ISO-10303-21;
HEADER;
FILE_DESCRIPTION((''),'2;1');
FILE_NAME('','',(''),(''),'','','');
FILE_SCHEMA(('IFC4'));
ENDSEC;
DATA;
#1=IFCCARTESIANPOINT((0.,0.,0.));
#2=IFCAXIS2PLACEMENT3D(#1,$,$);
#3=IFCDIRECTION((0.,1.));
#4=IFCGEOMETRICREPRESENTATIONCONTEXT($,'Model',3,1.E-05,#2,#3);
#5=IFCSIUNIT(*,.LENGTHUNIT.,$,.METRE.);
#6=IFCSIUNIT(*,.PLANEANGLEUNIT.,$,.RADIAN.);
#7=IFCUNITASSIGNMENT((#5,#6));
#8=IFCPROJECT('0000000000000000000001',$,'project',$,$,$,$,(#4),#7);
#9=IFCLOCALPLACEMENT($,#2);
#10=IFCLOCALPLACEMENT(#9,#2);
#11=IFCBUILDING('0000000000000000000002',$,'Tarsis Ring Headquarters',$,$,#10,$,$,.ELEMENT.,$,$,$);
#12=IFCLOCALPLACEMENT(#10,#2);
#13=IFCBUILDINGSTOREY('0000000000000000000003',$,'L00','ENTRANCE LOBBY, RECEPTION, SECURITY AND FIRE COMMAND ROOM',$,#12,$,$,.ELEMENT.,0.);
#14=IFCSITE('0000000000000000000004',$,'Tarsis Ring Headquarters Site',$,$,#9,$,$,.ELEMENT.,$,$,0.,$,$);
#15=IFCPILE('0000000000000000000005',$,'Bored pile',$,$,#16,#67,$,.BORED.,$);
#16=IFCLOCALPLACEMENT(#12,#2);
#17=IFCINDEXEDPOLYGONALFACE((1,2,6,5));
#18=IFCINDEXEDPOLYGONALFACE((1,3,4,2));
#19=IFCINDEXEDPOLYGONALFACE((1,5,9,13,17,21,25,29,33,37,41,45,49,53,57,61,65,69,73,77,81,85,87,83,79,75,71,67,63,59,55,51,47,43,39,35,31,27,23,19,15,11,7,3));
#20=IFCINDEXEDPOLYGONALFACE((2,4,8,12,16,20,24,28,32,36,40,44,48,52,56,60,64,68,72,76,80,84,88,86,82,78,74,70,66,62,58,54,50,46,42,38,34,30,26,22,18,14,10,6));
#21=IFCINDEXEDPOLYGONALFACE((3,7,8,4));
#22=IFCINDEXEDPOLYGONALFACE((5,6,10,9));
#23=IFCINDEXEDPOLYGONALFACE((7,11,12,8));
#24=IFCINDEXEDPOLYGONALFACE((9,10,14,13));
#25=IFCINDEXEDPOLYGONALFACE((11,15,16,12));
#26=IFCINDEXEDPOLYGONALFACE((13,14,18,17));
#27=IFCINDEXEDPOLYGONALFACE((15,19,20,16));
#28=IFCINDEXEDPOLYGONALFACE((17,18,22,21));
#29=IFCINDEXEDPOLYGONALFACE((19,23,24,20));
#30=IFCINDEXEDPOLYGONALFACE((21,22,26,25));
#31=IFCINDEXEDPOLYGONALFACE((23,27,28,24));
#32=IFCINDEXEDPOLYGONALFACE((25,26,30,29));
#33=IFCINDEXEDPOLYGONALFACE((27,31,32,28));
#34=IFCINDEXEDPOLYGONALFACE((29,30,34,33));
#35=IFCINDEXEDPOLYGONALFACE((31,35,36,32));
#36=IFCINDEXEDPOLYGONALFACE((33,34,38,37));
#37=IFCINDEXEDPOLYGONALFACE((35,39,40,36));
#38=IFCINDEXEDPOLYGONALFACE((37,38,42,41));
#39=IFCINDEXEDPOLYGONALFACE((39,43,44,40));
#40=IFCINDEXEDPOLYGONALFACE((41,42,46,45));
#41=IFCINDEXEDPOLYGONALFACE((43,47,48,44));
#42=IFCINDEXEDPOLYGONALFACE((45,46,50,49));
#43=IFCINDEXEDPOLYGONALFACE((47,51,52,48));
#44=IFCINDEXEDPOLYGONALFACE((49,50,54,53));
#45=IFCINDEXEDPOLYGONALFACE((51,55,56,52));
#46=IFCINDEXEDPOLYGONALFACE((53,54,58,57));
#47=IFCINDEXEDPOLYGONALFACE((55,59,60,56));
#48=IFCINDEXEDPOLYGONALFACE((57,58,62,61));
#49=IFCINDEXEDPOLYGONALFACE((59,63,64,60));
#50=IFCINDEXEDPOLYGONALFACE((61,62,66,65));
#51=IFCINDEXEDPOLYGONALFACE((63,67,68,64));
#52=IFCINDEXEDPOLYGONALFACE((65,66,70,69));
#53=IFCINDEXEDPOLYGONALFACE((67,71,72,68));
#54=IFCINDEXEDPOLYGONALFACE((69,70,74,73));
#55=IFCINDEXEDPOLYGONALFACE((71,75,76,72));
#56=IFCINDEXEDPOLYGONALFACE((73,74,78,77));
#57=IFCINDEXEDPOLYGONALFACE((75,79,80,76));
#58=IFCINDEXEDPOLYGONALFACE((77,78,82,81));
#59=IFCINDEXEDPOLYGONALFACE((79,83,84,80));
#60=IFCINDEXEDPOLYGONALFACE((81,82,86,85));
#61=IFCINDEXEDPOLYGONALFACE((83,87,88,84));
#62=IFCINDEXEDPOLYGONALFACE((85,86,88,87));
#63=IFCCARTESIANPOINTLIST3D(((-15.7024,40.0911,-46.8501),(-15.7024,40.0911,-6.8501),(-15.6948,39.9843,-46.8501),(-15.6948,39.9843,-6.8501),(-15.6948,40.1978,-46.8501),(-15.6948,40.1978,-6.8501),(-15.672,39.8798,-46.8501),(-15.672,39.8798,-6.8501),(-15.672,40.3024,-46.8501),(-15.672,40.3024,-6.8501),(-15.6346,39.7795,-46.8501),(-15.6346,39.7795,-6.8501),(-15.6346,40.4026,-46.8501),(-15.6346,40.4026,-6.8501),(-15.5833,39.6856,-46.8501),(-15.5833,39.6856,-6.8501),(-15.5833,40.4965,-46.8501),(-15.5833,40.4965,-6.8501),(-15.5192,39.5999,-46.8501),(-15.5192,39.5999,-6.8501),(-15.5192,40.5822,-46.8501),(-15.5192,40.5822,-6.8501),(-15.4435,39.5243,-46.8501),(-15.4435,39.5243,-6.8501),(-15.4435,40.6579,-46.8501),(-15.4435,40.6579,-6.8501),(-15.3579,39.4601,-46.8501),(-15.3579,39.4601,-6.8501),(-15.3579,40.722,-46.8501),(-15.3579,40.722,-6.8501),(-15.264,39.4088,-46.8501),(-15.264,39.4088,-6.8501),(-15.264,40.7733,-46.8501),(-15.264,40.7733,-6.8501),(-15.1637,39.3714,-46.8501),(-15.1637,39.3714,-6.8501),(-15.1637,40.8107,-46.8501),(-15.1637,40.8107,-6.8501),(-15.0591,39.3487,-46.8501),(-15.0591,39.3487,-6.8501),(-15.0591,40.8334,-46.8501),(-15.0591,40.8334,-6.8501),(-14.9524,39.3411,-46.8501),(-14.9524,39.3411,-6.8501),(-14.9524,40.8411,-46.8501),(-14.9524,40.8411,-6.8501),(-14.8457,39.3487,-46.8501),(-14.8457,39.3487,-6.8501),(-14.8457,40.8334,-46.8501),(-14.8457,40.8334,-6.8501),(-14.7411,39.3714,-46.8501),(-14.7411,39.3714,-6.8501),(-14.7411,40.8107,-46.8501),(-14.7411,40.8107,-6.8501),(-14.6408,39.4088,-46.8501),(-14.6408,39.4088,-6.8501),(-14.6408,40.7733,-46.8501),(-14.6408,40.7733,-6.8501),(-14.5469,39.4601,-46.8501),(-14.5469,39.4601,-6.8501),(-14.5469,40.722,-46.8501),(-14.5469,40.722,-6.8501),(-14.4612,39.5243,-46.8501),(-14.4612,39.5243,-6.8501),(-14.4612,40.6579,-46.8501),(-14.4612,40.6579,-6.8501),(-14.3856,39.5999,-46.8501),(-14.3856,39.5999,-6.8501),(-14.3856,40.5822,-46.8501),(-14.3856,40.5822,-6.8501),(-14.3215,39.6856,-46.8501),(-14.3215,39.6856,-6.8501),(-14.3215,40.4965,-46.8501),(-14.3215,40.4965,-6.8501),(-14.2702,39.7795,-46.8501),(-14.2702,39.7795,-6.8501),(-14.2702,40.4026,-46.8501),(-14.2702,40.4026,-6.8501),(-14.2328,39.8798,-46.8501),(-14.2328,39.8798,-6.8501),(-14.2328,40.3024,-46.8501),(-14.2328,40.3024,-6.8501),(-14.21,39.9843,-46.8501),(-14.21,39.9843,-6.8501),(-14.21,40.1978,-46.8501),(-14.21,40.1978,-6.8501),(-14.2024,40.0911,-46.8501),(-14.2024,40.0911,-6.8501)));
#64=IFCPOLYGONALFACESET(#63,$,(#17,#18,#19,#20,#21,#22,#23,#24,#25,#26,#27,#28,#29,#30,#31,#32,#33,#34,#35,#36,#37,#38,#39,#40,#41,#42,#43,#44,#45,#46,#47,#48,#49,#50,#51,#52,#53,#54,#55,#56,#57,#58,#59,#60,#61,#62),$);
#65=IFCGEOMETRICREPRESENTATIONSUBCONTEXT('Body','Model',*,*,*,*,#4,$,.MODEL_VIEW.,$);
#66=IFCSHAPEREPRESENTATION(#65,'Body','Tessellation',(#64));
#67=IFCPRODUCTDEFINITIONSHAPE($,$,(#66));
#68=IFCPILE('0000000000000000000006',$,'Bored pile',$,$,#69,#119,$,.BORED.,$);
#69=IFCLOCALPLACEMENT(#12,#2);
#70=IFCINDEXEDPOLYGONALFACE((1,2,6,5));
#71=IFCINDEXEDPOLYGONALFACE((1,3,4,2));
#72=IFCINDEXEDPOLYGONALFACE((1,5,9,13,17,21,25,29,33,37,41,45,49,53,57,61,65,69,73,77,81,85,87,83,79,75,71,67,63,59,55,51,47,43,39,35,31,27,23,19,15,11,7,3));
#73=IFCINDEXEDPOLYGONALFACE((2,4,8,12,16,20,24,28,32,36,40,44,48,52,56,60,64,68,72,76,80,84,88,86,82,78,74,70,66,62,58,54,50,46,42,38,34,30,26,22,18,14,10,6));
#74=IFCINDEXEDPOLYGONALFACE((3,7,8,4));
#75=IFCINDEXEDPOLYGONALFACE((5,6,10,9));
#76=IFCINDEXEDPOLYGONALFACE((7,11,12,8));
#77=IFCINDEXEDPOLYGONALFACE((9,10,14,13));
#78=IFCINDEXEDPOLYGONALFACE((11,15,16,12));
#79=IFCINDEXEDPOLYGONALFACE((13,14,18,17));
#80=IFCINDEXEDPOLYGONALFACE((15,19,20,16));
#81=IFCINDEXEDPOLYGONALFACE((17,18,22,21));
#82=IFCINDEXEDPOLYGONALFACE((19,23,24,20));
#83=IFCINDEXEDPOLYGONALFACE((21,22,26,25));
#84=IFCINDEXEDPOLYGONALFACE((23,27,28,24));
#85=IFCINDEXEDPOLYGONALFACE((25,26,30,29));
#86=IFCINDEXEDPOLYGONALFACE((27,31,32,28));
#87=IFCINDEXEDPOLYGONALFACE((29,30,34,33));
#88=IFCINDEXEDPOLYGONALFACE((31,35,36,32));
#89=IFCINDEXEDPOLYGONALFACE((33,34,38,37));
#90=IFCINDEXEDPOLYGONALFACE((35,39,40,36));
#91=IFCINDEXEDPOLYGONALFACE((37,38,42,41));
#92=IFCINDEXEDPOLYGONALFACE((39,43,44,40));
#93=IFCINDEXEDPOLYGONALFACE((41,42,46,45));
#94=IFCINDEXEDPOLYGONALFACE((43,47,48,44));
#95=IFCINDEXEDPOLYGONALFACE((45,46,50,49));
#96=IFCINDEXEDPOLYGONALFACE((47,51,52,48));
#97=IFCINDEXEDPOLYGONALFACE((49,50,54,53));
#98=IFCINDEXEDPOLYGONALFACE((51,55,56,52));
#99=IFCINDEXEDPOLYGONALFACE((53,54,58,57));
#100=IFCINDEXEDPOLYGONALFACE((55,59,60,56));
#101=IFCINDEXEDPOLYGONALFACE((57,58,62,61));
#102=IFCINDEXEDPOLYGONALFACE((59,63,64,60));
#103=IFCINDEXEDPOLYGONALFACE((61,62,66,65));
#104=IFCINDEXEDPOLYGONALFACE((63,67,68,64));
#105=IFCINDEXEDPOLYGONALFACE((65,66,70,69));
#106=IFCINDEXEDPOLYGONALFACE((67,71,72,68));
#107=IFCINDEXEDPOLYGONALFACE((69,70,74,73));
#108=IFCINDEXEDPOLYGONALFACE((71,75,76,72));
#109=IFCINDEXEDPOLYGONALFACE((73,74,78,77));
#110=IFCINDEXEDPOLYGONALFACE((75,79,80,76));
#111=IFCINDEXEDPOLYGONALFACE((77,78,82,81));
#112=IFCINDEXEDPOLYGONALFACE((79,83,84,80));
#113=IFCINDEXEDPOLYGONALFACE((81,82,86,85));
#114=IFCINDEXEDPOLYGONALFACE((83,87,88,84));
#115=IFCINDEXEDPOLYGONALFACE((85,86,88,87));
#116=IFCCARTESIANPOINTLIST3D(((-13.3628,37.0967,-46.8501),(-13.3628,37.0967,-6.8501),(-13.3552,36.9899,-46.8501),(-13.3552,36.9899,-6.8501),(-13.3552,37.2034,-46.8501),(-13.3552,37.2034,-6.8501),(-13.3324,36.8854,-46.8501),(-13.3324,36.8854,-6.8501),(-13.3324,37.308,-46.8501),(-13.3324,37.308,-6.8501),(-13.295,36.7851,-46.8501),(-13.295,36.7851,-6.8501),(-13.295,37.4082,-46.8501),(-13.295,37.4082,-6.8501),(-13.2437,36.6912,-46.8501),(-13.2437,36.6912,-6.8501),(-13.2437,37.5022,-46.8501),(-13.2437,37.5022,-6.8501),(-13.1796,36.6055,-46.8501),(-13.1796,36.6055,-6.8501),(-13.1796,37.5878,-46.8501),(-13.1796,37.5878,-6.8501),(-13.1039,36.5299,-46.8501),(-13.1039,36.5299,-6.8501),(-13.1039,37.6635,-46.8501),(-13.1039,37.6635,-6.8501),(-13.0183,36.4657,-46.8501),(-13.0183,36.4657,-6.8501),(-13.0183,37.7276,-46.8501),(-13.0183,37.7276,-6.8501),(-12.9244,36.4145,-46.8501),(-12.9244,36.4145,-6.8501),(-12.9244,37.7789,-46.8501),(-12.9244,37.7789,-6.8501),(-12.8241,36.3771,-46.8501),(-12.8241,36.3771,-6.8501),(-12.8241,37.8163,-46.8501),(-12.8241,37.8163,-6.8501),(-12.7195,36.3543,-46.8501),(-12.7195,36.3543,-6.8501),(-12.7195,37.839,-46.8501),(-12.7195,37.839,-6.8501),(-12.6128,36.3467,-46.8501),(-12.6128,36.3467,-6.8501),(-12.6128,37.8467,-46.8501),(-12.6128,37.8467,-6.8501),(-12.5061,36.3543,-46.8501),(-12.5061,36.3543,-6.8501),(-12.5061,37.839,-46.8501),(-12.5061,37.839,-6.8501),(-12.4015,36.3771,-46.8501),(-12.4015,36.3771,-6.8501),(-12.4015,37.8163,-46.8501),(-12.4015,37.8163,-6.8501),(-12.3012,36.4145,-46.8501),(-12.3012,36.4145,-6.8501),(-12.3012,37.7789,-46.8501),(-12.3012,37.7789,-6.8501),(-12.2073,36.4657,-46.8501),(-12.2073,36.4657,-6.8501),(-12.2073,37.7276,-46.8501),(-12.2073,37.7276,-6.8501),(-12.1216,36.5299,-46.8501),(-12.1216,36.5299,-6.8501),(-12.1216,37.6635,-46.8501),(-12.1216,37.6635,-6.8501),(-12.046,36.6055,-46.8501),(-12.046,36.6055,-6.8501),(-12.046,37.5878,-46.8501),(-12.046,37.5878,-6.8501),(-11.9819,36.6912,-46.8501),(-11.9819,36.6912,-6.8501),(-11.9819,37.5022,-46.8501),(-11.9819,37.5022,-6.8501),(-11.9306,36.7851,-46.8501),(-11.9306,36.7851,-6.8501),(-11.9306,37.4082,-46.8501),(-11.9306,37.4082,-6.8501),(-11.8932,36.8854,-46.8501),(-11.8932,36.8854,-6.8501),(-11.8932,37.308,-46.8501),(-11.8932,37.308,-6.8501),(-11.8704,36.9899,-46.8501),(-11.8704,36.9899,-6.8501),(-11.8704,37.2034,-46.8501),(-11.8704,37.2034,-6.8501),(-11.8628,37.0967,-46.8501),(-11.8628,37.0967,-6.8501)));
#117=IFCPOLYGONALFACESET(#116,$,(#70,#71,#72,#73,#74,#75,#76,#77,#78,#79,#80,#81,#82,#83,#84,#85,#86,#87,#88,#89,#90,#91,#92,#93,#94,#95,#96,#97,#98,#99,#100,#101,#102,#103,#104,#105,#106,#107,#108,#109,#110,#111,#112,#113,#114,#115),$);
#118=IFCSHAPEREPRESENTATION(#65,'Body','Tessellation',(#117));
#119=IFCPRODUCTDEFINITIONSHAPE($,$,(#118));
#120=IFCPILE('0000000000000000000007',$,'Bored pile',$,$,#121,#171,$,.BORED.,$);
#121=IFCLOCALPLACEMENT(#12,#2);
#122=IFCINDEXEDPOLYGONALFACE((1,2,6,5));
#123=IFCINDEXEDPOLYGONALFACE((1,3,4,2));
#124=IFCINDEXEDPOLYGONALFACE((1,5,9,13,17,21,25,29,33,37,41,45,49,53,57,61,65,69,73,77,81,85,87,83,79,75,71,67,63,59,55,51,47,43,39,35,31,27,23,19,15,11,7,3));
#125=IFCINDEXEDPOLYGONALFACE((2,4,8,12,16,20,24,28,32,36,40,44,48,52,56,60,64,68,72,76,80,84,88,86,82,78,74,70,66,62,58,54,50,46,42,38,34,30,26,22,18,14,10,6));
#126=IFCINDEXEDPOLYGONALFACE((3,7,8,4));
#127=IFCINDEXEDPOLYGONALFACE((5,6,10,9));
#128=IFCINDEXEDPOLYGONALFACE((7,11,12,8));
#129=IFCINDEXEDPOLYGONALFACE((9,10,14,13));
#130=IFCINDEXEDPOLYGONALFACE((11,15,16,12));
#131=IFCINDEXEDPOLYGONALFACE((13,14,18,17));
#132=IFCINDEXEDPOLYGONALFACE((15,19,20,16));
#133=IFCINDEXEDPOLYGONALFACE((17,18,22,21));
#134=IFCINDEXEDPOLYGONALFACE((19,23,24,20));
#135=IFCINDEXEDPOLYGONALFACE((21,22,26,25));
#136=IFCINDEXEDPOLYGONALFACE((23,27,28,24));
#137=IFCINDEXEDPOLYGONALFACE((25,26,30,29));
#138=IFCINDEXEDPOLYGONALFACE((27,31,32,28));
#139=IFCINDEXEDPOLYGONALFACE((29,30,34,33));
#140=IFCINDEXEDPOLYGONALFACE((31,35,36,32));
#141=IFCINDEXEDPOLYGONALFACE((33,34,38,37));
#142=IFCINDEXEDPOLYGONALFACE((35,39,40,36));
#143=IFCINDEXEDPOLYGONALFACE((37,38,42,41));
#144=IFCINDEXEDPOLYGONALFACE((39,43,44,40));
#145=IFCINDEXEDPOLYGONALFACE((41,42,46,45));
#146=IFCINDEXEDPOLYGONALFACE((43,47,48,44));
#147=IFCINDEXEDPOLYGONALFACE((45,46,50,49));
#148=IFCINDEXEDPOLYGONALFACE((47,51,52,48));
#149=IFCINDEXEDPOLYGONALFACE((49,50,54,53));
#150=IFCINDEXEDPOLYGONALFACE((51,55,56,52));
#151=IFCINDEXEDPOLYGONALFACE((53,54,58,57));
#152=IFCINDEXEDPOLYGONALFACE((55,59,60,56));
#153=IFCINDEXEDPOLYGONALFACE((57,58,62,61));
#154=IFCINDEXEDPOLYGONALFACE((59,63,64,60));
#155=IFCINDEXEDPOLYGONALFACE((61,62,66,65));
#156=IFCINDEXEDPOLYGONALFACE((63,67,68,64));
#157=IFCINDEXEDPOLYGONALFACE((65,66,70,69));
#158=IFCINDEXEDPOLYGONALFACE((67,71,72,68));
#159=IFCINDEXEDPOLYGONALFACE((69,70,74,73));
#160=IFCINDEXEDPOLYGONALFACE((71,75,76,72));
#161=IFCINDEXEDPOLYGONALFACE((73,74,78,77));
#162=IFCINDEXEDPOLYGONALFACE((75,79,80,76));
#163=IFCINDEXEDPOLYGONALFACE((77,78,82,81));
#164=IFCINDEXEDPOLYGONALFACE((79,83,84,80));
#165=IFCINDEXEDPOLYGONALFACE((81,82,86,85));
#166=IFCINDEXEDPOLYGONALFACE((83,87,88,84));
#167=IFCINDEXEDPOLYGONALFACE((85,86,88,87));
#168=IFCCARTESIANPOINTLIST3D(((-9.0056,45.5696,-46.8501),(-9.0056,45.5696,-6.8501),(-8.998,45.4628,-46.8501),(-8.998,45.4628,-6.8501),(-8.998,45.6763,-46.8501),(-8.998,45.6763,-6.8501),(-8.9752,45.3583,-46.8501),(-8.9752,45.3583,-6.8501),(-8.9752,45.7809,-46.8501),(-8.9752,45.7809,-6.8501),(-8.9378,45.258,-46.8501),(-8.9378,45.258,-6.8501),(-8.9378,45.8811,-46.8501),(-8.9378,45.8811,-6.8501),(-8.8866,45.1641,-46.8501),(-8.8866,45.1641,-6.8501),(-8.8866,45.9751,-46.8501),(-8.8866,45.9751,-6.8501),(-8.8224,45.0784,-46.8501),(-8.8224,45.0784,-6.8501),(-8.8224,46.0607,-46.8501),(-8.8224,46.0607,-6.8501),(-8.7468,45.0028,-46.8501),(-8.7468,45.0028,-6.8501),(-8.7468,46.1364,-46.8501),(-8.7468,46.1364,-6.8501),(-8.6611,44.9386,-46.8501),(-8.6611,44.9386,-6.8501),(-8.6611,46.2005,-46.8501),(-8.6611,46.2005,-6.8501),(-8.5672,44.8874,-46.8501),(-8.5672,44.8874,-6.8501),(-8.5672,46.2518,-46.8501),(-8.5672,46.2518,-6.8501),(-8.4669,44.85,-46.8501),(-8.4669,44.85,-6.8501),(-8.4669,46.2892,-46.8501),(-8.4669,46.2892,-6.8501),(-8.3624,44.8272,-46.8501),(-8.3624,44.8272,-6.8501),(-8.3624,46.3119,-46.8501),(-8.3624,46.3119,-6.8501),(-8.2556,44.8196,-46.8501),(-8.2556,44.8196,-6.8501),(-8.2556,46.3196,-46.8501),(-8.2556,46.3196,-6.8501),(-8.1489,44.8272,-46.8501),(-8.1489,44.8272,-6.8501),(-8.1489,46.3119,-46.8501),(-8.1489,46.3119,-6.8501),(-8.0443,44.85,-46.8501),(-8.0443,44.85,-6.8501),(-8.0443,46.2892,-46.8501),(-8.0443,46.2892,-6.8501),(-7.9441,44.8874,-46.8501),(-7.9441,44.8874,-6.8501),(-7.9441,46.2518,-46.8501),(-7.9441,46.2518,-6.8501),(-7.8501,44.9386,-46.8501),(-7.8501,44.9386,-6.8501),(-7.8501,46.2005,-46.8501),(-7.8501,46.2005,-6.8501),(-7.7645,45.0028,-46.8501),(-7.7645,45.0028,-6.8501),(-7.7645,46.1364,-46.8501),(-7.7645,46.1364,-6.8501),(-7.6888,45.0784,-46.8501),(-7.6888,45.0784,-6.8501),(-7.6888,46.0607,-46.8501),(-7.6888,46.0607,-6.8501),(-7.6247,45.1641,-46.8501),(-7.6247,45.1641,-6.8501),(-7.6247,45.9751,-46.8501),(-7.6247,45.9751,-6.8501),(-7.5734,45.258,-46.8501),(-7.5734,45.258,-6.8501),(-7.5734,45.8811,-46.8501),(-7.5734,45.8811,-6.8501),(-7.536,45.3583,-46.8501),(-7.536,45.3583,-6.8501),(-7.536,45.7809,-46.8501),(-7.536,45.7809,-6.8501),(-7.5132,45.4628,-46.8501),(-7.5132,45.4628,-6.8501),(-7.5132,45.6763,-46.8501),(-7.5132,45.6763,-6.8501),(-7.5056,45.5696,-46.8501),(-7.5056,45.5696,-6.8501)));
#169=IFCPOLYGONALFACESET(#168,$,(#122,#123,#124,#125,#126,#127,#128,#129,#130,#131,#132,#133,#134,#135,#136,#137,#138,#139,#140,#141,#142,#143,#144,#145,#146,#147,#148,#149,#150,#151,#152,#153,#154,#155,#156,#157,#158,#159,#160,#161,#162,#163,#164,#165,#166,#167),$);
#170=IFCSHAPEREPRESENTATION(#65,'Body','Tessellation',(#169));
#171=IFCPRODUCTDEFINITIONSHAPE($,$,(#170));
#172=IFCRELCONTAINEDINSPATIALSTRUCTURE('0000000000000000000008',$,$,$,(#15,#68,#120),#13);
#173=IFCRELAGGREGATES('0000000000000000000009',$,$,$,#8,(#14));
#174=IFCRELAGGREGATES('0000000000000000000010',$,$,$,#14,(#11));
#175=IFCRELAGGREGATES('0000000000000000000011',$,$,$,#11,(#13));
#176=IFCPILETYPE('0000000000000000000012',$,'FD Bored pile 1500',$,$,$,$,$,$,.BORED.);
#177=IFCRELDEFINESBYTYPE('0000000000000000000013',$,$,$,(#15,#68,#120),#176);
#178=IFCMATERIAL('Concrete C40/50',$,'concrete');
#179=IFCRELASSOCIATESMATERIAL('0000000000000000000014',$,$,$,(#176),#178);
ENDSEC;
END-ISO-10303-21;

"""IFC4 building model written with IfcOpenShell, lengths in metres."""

from ifc_helpers import new_model, si_unit, direction, frame, origin, origin_2d, place, context, subcontext, project, spatial, circle, extrude, material, material_profile, profile_set, type_object, element, save


model = new_model("IFC4")

# Units and contexts
model_context = context("Model", 3, precision=1e-05, world=origin(), true_north=direction((0.0, 1.0)))
body_context = subcontext(model_context, "Body", "Model", "MODEL_VIEW")
ifc_project = project(units=[si_unit("LENGTHUNIT", "METRE"), si_unit("PLANEANGLEUNIT", "RADIAN")], contexts=[model_context])

# Site, building, storey
site_placement = place(None, origin())
site = spatial("IfcSite", under=ifc_project, at=site_placement, Name="Tarsis Ring Headquarters Site", CompositionType="ELEMENT", RefElevation=0.0)
building_placement = place(site_placement, origin())
building = spatial("IfcBuilding", under=site, at=building_placement, Name="Tarsis Ring Headquarters", CompositionType="ELEMENT")
storey_placement = place(building_placement, origin())
storey = spatial("IfcBuildingStorey", under=building, at=storey_placement, Name="L00", Description="ENTRANCE LOBBY, RECEPTION, SECURITY AND FIRE COMMAND ROOM", CompositionType="ELEMENT", Elevation=0.0)

# Piles
ifc_material_1 = material(Name="Concrete C40/50", Category="concrete")
ifc_material_profile_1 = material_profile(ifc_material_1, circle(Radius=0.75, at=origin_2d()), Name="BORED 1500")
ifc_profile_set_1 = profile_set([ifc_material_profile_1], Name="Concrete C40/50")
pile_type_1 = type_object("IfcPileType", Name="FD Bored pile 1500", PredefinedType="BORED", material=ifc_profile_set_1)
for number, where, z_axis, x_axis, name in (
    (1, (-14.9524, 40.0911, -6.8501), (0.0, 0.0, -1.0), (1.0, 0.0, 0.0), "Bored pile"),
    (2, (-12.6128, 37.0967, -6.8501), (0.0, 0.0, -1.0), (1.0, 0.0, 0.0), "Bored pile"),
    (3, (-8.2556, 45.5696, -6.8501), (0.0, 0.0, -1.0), (1.0, 0.0, 0.0), "Bored pile"),
):
    element("IfcPile", number, at=place(storey_placement, frame(where, z_axis=z_axis, x_axis=x_axis)), inside=storey, type_object=pile_type_1, Name=name, PredefinedType="BORED", context=body_context, shape_type="SweptSolid", body=[
        extrude(circle(Radius=0.75, at=origin_2d()), origin(), (0.0, 0.0, 1.0), 40.0),
    ])

save(model, "model.ifc")
